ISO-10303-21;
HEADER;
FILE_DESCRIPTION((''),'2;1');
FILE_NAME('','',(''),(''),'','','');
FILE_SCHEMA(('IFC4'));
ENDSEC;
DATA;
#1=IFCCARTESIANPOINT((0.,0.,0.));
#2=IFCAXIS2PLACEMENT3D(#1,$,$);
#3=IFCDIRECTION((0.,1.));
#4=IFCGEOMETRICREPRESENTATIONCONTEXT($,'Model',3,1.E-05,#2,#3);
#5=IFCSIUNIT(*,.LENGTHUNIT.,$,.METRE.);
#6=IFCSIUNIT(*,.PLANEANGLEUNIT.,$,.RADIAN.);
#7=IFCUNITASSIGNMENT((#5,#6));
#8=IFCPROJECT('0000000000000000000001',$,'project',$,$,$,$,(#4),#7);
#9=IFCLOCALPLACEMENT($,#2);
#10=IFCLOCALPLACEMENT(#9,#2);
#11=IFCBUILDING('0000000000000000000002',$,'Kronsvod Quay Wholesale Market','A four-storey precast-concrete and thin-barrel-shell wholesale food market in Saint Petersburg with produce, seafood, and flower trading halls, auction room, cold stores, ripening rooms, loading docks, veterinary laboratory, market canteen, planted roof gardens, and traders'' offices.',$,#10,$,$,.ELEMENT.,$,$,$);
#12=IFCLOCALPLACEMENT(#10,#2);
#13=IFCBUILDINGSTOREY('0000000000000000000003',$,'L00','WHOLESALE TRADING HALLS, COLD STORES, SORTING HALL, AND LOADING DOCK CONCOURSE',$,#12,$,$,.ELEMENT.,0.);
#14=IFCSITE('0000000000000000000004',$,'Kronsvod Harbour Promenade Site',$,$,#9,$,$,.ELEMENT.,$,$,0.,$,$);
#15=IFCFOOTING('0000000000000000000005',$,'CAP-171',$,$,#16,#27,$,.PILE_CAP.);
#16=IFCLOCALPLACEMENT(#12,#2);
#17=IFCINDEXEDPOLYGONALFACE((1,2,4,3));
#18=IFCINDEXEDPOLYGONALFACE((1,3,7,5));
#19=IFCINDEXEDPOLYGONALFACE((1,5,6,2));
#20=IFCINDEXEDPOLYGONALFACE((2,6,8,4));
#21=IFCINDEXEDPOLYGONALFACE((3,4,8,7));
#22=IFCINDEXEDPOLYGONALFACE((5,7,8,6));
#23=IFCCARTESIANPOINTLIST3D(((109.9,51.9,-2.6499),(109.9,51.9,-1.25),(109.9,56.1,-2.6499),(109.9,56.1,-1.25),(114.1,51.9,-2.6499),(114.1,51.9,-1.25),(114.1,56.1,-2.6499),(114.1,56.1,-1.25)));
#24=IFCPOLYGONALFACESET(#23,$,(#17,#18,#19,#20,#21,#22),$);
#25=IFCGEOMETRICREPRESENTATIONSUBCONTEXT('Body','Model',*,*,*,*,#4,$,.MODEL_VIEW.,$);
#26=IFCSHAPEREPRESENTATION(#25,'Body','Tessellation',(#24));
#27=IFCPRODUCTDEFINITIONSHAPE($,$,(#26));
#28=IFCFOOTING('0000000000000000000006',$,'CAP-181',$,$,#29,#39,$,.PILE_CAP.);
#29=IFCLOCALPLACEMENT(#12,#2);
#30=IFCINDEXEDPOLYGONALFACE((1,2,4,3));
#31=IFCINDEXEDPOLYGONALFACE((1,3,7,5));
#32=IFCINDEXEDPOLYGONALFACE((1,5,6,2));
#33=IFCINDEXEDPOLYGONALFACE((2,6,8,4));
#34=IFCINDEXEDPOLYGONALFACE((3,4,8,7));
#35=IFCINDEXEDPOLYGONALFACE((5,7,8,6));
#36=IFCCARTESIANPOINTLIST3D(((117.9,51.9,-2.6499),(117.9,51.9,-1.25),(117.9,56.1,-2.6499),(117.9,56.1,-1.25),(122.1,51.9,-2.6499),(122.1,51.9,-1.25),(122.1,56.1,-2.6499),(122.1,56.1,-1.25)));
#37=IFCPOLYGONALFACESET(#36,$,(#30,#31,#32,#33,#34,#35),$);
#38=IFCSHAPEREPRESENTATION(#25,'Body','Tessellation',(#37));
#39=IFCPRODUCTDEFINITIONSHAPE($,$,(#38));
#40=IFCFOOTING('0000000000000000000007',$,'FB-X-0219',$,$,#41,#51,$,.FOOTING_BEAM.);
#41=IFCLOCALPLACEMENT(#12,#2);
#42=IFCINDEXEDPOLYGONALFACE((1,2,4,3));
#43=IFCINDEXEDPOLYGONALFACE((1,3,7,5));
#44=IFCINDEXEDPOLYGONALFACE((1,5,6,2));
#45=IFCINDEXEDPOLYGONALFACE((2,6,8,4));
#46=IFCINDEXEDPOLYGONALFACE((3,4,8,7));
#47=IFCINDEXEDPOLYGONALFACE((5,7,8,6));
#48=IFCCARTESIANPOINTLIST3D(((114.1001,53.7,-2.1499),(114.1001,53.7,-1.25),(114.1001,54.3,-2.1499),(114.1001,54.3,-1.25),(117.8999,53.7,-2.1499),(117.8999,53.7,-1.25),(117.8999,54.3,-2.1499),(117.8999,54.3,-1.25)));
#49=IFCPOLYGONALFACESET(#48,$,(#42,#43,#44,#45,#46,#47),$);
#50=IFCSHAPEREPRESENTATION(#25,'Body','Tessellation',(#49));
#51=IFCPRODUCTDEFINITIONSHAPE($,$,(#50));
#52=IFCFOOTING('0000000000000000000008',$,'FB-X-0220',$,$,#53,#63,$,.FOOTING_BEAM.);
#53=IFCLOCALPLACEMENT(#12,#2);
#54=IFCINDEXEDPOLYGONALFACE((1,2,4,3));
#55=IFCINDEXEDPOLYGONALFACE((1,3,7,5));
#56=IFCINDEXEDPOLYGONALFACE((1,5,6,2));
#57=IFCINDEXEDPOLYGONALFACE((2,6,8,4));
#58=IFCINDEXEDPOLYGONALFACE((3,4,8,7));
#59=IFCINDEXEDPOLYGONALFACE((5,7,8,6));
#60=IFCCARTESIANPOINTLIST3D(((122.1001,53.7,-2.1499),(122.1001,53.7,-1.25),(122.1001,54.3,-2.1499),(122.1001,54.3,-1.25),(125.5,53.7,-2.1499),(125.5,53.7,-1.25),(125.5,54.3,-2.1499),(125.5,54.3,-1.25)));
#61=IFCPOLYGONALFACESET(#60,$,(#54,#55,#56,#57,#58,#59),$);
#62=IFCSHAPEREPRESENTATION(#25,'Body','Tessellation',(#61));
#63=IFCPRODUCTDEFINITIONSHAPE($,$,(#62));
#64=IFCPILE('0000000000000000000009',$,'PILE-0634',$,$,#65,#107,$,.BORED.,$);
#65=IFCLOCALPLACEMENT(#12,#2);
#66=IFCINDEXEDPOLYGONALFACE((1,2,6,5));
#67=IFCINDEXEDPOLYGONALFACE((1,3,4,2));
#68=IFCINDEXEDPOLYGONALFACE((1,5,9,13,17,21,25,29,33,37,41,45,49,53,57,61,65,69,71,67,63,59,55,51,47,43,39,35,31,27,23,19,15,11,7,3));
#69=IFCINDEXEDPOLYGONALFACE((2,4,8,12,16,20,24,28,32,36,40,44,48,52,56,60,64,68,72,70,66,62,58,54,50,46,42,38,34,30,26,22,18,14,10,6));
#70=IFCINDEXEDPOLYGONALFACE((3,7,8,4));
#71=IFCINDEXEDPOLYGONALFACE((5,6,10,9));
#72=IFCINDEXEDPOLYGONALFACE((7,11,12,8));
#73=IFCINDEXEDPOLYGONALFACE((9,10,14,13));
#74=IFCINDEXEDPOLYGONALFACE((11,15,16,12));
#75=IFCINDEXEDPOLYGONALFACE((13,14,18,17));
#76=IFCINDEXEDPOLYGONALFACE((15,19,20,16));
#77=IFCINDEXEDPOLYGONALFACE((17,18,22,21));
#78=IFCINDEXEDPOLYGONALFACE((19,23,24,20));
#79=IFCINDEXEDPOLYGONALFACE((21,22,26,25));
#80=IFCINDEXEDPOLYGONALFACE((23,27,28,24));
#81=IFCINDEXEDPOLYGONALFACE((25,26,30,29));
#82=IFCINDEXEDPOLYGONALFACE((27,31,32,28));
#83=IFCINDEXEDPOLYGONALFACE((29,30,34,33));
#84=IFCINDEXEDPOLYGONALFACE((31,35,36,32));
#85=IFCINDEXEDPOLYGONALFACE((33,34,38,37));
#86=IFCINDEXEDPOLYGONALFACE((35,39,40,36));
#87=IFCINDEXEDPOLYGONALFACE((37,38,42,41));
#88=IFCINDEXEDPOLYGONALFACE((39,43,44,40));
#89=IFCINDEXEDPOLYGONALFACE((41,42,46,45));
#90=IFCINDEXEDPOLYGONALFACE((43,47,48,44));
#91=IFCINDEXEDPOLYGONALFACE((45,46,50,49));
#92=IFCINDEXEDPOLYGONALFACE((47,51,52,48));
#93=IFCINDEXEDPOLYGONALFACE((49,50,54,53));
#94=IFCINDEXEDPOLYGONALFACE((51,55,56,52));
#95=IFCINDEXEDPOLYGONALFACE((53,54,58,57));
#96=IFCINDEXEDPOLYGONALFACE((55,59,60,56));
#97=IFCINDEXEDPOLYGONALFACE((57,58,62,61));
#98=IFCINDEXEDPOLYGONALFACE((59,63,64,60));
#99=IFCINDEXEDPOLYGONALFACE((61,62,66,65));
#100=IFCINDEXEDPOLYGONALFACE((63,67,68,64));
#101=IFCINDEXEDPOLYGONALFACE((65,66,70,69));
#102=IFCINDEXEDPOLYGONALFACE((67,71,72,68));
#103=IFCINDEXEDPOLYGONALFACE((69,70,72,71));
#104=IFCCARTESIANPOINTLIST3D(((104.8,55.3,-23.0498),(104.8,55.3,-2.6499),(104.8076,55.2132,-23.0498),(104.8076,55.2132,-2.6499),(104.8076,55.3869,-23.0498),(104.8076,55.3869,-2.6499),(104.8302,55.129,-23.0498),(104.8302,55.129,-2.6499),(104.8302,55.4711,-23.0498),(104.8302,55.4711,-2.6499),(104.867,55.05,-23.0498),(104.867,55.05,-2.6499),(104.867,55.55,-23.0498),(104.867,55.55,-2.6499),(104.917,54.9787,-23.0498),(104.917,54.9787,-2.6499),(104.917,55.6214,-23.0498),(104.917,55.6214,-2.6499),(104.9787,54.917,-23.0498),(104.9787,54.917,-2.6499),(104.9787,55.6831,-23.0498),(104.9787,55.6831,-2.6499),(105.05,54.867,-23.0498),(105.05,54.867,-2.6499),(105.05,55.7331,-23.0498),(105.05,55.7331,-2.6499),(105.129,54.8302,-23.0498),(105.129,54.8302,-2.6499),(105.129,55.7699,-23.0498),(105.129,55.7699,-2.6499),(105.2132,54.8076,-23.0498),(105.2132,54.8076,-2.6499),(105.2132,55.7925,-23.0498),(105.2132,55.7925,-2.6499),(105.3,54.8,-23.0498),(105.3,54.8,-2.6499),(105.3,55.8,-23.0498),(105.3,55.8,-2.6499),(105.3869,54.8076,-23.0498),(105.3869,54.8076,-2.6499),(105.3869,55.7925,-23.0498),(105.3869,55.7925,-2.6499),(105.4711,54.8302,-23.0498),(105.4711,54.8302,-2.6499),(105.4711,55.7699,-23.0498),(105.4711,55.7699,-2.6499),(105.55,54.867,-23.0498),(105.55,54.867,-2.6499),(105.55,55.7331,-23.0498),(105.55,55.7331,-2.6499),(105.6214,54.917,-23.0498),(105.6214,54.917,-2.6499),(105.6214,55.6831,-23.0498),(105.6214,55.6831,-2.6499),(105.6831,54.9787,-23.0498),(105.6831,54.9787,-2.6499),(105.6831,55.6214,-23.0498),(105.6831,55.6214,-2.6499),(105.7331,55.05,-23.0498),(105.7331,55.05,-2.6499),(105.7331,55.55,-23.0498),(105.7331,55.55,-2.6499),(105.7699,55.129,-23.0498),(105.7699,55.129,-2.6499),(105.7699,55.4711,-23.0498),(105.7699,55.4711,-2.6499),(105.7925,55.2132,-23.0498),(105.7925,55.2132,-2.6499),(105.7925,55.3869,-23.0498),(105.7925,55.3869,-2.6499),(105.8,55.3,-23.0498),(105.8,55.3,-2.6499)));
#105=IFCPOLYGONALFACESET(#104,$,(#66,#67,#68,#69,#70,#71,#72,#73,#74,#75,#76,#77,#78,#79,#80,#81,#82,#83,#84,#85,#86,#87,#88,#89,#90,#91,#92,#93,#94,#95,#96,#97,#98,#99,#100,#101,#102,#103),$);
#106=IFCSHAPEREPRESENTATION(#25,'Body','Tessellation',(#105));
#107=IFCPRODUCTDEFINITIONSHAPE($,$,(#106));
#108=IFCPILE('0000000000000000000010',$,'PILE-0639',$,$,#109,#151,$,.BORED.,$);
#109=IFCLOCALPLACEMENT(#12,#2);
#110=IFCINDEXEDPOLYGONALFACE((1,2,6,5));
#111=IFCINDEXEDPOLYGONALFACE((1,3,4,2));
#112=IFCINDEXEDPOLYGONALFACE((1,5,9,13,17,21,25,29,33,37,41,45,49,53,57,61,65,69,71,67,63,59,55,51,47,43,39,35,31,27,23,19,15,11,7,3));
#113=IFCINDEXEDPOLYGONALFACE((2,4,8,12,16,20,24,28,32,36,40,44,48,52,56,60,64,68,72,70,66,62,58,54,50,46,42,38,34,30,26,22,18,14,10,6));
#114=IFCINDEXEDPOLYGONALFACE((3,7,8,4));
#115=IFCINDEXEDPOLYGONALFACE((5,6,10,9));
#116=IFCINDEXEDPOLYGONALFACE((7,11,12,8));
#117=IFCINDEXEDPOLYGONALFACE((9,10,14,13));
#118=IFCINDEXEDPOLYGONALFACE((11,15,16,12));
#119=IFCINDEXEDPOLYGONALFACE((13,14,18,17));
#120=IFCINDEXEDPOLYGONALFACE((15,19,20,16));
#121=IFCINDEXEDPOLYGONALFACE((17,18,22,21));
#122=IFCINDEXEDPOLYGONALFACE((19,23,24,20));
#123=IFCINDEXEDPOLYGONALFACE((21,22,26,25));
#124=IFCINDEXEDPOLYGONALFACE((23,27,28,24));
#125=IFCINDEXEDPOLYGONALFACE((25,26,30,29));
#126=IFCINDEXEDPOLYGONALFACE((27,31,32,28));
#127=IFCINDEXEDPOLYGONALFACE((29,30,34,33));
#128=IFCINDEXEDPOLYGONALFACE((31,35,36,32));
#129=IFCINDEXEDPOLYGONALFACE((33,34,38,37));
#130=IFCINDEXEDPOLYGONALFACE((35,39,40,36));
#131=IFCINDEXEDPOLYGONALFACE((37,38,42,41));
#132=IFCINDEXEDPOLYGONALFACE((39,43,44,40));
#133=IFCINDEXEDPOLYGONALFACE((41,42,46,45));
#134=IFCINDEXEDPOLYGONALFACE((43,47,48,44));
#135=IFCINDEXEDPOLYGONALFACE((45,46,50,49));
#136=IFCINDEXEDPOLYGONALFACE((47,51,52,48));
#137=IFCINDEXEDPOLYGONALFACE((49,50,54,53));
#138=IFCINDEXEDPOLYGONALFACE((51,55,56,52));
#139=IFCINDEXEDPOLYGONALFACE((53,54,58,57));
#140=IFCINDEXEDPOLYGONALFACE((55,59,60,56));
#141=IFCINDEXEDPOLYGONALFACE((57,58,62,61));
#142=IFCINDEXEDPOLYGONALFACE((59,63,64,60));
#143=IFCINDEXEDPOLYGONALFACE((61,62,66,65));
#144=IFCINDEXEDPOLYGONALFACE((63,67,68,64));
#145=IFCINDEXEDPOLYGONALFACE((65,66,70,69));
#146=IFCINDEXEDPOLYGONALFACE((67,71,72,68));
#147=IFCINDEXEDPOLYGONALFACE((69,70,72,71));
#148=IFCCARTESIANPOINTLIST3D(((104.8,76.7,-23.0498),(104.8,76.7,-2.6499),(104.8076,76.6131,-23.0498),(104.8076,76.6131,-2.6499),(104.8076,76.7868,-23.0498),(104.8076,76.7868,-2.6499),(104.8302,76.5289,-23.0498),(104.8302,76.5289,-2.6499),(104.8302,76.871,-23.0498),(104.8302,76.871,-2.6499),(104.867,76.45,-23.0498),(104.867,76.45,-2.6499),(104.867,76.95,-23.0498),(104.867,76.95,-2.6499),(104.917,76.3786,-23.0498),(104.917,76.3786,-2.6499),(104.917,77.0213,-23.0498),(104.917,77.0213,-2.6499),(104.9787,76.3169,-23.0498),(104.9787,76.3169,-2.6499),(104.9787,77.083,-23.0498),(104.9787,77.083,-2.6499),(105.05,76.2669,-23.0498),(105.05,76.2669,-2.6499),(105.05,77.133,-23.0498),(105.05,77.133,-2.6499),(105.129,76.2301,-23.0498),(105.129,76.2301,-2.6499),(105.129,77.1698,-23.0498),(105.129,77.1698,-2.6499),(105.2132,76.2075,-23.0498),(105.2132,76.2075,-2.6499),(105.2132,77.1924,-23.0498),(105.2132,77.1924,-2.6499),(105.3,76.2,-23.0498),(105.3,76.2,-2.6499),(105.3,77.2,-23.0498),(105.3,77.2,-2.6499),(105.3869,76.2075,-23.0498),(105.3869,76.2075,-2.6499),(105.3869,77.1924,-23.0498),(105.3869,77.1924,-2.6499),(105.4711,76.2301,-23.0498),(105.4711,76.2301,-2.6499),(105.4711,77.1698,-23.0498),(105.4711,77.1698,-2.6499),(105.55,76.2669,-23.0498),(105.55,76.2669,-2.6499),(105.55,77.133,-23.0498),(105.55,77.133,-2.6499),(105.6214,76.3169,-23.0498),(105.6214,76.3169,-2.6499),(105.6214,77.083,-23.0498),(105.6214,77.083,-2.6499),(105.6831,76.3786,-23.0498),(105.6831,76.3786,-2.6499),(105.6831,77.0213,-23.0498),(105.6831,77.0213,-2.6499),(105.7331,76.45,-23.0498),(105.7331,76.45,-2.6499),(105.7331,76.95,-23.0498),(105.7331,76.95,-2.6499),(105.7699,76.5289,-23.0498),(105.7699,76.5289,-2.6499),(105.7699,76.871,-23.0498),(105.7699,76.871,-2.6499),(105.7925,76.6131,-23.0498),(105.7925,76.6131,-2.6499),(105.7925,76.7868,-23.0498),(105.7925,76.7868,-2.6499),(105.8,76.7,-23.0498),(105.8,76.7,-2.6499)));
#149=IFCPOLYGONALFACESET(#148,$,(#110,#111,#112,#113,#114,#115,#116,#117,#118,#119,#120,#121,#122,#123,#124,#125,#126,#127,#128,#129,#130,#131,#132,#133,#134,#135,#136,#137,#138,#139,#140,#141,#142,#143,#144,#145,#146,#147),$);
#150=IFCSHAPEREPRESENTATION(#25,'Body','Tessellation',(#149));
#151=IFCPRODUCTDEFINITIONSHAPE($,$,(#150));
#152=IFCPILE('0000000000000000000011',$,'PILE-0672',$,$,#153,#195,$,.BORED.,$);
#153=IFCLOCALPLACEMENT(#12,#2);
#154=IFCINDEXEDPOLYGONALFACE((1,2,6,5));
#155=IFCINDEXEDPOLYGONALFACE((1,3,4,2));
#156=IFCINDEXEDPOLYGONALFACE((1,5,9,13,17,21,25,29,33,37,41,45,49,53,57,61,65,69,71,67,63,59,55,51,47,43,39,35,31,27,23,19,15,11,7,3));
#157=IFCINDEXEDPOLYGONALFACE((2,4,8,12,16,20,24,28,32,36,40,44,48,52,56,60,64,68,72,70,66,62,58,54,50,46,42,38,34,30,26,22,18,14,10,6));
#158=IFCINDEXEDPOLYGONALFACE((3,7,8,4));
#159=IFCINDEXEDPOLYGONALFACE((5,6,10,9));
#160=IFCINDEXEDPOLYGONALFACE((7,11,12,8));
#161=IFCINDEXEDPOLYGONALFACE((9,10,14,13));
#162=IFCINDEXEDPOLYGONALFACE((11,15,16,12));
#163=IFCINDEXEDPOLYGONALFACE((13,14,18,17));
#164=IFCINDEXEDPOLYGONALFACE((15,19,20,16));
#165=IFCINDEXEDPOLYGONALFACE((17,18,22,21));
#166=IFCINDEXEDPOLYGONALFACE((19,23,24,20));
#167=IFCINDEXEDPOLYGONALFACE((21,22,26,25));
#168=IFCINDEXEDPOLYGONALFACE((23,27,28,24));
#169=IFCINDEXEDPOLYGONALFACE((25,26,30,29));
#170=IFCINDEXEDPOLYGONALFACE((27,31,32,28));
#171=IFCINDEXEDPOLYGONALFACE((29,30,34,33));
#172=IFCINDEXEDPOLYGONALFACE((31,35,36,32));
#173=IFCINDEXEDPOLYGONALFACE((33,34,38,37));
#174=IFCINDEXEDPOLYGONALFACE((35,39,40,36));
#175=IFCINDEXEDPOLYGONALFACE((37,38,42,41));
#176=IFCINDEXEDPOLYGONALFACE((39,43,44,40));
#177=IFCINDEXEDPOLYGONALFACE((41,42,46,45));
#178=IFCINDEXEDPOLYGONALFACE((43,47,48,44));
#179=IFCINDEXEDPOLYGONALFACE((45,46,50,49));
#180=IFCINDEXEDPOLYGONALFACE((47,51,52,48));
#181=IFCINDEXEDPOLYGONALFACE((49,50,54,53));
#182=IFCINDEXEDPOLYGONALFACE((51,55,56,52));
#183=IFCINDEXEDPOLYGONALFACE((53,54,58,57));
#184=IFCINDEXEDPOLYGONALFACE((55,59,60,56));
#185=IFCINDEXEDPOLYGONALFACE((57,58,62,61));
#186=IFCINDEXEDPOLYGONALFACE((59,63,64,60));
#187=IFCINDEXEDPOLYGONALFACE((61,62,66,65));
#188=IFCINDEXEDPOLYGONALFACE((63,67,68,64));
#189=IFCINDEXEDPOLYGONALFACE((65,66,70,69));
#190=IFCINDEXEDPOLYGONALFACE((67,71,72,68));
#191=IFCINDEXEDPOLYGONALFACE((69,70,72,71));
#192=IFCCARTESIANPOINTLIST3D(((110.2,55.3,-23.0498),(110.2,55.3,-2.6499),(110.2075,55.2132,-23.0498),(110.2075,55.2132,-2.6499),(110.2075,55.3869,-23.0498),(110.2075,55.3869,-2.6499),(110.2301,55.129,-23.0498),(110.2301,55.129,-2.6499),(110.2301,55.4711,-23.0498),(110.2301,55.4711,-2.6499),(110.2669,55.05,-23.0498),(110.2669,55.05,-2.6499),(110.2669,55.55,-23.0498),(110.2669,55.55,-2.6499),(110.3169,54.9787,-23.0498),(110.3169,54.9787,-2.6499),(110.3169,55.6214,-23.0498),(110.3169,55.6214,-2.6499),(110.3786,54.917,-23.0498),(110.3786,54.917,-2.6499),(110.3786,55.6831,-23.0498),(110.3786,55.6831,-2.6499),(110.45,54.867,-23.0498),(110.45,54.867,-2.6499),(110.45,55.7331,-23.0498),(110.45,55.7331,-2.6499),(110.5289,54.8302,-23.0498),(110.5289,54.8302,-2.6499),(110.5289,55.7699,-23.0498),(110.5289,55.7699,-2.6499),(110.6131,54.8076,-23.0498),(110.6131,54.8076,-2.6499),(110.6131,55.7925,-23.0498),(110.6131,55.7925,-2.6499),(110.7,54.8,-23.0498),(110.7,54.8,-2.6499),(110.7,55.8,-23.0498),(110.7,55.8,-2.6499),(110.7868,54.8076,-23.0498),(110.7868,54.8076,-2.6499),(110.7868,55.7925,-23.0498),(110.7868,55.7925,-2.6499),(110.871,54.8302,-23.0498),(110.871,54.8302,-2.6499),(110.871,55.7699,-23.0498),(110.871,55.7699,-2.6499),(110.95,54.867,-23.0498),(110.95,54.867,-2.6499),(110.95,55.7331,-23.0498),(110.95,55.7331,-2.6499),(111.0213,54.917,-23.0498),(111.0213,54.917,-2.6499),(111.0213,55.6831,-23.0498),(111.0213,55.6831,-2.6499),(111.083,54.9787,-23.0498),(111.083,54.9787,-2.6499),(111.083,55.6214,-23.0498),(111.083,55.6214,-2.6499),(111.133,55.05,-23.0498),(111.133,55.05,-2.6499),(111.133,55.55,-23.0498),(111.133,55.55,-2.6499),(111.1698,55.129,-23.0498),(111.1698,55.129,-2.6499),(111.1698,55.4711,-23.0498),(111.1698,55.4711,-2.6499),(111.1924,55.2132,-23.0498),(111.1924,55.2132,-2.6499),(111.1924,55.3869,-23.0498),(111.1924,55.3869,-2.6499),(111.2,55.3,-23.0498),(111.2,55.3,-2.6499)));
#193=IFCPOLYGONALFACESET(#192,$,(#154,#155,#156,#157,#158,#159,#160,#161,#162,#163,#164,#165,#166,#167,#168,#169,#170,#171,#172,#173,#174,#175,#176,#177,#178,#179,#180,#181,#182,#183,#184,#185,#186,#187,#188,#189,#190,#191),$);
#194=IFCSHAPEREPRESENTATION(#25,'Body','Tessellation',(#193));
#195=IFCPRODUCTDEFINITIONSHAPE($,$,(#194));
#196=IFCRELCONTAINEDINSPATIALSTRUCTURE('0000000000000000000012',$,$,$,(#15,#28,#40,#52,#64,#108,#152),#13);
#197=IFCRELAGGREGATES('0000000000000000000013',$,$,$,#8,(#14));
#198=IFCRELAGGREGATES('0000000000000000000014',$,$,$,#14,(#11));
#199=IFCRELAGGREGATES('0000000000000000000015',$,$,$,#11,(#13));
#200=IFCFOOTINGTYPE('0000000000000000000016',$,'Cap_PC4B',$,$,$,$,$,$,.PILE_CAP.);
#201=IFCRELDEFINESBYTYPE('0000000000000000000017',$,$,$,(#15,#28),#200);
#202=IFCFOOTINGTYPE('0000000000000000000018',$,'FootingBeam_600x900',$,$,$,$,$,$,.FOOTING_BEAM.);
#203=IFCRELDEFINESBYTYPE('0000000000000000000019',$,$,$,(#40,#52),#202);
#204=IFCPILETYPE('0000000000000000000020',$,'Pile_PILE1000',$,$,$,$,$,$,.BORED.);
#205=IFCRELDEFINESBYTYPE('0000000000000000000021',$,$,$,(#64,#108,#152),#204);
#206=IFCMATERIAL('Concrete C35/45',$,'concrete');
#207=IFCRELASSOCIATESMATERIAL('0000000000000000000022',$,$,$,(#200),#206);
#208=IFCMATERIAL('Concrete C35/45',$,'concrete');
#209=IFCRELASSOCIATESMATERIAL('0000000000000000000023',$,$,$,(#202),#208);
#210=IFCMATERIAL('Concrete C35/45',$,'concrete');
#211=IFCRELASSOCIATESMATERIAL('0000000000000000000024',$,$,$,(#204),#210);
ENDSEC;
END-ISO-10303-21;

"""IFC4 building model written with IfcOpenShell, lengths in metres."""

from ifc_helpers import new_model, si_unit, direction, frame, origin, origin_2d, place, context, subcontext, project, spatial, rectangle, circle, extrude, material, material_profile, profile_set, type_object, element, save


model = new_model("IFC4")

# Units and contexts
model_context = context("Model", 3, precision=1e-05, world=origin(), true_north=direction((0.0, 1.0)))
body_context = subcontext(model_context, "Body", "Model", "MODEL_VIEW")
ifc_project = project(units=[si_unit("LENGTHUNIT", "METRE"), si_unit("PLANEANGLEUNIT", "RADIAN")], contexts=[model_context])

# Site, building, storey
site_placement = place(None, origin())
site = spatial("IfcSite", under=ifc_project, at=site_placement, Name="Kronsvod Harbour Promenade Site", CompositionType="ELEMENT", RefElevation=0.0)
building_placement = place(site_placement, origin())
building = spatial("IfcBuilding", under=site, at=building_placement, Name="Kronsvod Quay Wholesale Market", Description="A four-storey precast-concrete and thin-barrel-shell wholesale food market in Saint Petersburg with produce, seafood, and flower trading halls, auction room, cold stores, ripening rooms, loading docks, veterinary laboratory, market canteen, planted roof gardens, and traders' offices.", CompositionType="ELEMENT")
storey_placement = place(building_placement, origin())
storey = spatial("IfcBuildingStorey", under=building, at=storey_placement, Name="L00", Description="WHOLESALE TRADING HALLS, COLD STORES, SORTING HALL, AND LOADING DOCK CONCOURSE", CompositionType="ELEMENT", Elevation=0.0)

# Footings
ifc_material_1 = material(Name="Concrete C35/45", Category="concrete")
footing_type_1 = type_object("IfcFootingType", Name="Cap_PC4B", PredefinedType="PILE_CAP", material=ifc_material_1)
for number, where, z_axis, x_axis, name in (
    (1, (112.0, 54.0, -2.6499), (0.0, 0.0, 1.0), (1.0, 0.0, 0.0), "CAP-171"),
    (2, (120.0, 54.0, -2.6499), (0.0, 0.0, 1.0), (1.0, 0.0, 0.0), "CAP-181"),
):
    element("IfcFooting", number, at=place(storey_placement, frame(where, z_axis=z_axis, x_axis=x_axis)), inside=storey, type_object=footing_type_1, Name=name, PredefinedType="PILE_CAP", context=body_context, shape_type="SweptSolid", body=[
        extrude(rectangle(XDim=4.2, YDim=4.2, at=origin_2d()), origin(), (0.0, 0.0, 1.0), 1.3999),
    ])
ifc_material_2 = material(Name="Concrete C35/45", Category="concrete")
ifc_material_profile_1 = material_profile(ifc_material_2, rectangle(XDim=0.6001, YDim=0.8999, at=origin_2d()), Name="FB-02")
ifc_profile_set_1 = profile_set([ifc_material_profile_1], Name="Concrete C35/45")
footing_type_2 = type_object("IfcFootingType", Name="FootingBeam_600x900", PredefinedType="FOOTING_BEAM", material=ifc_profile_set_1)
footing_1_placement = place(storey_placement, frame((114.1001, 54.0, -1.7), z_axis=(1.0, 0.0, 0.0), x_axis=(0.0, 1.0, 0.0)))
element("IfcFooting", 3, at=footing_1_placement, inside=storey, type_object=footing_type_2, Name="FB-X-0219", PredefinedType="FOOTING_BEAM", context=body_context, shape_type="SweptSolid", body=[
    extrude(rectangle(XDim=0.6001, YDim=0.8999, at=origin_2d()), origin(), (0.0, 0.0, 1.0), 3.7998),
])
footing_2_placement = place(storey_placement, frame((122.1001, 54.0, -1.7), z_axis=(1.0, 0.0, 0.0), x_axis=(0.0, 1.0, 0.0)))
element("IfcFooting", 4, at=footing_2_placement, inside=storey, type_object=footing_type_2, Name="FB-X-0220", PredefinedType="FOOTING_BEAM", context=body_context, shape_type="SweptSolid", body=[
    extrude(rectangle(XDim=0.6001, YDim=0.8999, at=origin_2d()), origin(), (0.0, 0.0, 1.0), 3.3999),
])

# Piles
ifc_material_3 = material(Name="Concrete C35/45", Category="concrete")
ifc_material_profile_2 = material_profile(ifc_material_3, circle(Radius=0.5, at=origin_2d()), Name="PILE1000")
ifc_profile_set_2 = profile_set([ifc_material_profile_2], Name="Concrete C35/45")
pile_type_1 = type_object("IfcPileType", Name="Pile_PILE1000", PredefinedType="BORED", material=ifc_profile_set_2)
for number, where, z_axis, x_axis, name in (
    (5, (105.3, 55.3, -2.6499), (0.0, 0.0, -1.0), (1.0, 0.0, 0.0), "PILE-0634"),
    (6, (105.3, 76.7, -2.6499), (0.0, 0.0, -1.0), (1.0, 0.0, 0.0), "PILE-0639"),
    (7, (110.7, 55.3, -2.6499), (0.0, 0.0, -1.0), (1.0, 0.0, 0.0), "PILE-0672"),
):
    element("IfcPile", number, at=place(storey_placement, frame(where, z_axis=z_axis, x_axis=x_axis)), inside=storey, type_object=pile_type_1, Name=name, PredefinedType="BORED", context=body_context, shape_type="SweptSolid", body=[
        extrude(circle(Radius=0.5, at=origin_2d()), origin(), (0.0, 0.0, 1.0), 20.3999),
    ])

save(model, "model.ifc")
